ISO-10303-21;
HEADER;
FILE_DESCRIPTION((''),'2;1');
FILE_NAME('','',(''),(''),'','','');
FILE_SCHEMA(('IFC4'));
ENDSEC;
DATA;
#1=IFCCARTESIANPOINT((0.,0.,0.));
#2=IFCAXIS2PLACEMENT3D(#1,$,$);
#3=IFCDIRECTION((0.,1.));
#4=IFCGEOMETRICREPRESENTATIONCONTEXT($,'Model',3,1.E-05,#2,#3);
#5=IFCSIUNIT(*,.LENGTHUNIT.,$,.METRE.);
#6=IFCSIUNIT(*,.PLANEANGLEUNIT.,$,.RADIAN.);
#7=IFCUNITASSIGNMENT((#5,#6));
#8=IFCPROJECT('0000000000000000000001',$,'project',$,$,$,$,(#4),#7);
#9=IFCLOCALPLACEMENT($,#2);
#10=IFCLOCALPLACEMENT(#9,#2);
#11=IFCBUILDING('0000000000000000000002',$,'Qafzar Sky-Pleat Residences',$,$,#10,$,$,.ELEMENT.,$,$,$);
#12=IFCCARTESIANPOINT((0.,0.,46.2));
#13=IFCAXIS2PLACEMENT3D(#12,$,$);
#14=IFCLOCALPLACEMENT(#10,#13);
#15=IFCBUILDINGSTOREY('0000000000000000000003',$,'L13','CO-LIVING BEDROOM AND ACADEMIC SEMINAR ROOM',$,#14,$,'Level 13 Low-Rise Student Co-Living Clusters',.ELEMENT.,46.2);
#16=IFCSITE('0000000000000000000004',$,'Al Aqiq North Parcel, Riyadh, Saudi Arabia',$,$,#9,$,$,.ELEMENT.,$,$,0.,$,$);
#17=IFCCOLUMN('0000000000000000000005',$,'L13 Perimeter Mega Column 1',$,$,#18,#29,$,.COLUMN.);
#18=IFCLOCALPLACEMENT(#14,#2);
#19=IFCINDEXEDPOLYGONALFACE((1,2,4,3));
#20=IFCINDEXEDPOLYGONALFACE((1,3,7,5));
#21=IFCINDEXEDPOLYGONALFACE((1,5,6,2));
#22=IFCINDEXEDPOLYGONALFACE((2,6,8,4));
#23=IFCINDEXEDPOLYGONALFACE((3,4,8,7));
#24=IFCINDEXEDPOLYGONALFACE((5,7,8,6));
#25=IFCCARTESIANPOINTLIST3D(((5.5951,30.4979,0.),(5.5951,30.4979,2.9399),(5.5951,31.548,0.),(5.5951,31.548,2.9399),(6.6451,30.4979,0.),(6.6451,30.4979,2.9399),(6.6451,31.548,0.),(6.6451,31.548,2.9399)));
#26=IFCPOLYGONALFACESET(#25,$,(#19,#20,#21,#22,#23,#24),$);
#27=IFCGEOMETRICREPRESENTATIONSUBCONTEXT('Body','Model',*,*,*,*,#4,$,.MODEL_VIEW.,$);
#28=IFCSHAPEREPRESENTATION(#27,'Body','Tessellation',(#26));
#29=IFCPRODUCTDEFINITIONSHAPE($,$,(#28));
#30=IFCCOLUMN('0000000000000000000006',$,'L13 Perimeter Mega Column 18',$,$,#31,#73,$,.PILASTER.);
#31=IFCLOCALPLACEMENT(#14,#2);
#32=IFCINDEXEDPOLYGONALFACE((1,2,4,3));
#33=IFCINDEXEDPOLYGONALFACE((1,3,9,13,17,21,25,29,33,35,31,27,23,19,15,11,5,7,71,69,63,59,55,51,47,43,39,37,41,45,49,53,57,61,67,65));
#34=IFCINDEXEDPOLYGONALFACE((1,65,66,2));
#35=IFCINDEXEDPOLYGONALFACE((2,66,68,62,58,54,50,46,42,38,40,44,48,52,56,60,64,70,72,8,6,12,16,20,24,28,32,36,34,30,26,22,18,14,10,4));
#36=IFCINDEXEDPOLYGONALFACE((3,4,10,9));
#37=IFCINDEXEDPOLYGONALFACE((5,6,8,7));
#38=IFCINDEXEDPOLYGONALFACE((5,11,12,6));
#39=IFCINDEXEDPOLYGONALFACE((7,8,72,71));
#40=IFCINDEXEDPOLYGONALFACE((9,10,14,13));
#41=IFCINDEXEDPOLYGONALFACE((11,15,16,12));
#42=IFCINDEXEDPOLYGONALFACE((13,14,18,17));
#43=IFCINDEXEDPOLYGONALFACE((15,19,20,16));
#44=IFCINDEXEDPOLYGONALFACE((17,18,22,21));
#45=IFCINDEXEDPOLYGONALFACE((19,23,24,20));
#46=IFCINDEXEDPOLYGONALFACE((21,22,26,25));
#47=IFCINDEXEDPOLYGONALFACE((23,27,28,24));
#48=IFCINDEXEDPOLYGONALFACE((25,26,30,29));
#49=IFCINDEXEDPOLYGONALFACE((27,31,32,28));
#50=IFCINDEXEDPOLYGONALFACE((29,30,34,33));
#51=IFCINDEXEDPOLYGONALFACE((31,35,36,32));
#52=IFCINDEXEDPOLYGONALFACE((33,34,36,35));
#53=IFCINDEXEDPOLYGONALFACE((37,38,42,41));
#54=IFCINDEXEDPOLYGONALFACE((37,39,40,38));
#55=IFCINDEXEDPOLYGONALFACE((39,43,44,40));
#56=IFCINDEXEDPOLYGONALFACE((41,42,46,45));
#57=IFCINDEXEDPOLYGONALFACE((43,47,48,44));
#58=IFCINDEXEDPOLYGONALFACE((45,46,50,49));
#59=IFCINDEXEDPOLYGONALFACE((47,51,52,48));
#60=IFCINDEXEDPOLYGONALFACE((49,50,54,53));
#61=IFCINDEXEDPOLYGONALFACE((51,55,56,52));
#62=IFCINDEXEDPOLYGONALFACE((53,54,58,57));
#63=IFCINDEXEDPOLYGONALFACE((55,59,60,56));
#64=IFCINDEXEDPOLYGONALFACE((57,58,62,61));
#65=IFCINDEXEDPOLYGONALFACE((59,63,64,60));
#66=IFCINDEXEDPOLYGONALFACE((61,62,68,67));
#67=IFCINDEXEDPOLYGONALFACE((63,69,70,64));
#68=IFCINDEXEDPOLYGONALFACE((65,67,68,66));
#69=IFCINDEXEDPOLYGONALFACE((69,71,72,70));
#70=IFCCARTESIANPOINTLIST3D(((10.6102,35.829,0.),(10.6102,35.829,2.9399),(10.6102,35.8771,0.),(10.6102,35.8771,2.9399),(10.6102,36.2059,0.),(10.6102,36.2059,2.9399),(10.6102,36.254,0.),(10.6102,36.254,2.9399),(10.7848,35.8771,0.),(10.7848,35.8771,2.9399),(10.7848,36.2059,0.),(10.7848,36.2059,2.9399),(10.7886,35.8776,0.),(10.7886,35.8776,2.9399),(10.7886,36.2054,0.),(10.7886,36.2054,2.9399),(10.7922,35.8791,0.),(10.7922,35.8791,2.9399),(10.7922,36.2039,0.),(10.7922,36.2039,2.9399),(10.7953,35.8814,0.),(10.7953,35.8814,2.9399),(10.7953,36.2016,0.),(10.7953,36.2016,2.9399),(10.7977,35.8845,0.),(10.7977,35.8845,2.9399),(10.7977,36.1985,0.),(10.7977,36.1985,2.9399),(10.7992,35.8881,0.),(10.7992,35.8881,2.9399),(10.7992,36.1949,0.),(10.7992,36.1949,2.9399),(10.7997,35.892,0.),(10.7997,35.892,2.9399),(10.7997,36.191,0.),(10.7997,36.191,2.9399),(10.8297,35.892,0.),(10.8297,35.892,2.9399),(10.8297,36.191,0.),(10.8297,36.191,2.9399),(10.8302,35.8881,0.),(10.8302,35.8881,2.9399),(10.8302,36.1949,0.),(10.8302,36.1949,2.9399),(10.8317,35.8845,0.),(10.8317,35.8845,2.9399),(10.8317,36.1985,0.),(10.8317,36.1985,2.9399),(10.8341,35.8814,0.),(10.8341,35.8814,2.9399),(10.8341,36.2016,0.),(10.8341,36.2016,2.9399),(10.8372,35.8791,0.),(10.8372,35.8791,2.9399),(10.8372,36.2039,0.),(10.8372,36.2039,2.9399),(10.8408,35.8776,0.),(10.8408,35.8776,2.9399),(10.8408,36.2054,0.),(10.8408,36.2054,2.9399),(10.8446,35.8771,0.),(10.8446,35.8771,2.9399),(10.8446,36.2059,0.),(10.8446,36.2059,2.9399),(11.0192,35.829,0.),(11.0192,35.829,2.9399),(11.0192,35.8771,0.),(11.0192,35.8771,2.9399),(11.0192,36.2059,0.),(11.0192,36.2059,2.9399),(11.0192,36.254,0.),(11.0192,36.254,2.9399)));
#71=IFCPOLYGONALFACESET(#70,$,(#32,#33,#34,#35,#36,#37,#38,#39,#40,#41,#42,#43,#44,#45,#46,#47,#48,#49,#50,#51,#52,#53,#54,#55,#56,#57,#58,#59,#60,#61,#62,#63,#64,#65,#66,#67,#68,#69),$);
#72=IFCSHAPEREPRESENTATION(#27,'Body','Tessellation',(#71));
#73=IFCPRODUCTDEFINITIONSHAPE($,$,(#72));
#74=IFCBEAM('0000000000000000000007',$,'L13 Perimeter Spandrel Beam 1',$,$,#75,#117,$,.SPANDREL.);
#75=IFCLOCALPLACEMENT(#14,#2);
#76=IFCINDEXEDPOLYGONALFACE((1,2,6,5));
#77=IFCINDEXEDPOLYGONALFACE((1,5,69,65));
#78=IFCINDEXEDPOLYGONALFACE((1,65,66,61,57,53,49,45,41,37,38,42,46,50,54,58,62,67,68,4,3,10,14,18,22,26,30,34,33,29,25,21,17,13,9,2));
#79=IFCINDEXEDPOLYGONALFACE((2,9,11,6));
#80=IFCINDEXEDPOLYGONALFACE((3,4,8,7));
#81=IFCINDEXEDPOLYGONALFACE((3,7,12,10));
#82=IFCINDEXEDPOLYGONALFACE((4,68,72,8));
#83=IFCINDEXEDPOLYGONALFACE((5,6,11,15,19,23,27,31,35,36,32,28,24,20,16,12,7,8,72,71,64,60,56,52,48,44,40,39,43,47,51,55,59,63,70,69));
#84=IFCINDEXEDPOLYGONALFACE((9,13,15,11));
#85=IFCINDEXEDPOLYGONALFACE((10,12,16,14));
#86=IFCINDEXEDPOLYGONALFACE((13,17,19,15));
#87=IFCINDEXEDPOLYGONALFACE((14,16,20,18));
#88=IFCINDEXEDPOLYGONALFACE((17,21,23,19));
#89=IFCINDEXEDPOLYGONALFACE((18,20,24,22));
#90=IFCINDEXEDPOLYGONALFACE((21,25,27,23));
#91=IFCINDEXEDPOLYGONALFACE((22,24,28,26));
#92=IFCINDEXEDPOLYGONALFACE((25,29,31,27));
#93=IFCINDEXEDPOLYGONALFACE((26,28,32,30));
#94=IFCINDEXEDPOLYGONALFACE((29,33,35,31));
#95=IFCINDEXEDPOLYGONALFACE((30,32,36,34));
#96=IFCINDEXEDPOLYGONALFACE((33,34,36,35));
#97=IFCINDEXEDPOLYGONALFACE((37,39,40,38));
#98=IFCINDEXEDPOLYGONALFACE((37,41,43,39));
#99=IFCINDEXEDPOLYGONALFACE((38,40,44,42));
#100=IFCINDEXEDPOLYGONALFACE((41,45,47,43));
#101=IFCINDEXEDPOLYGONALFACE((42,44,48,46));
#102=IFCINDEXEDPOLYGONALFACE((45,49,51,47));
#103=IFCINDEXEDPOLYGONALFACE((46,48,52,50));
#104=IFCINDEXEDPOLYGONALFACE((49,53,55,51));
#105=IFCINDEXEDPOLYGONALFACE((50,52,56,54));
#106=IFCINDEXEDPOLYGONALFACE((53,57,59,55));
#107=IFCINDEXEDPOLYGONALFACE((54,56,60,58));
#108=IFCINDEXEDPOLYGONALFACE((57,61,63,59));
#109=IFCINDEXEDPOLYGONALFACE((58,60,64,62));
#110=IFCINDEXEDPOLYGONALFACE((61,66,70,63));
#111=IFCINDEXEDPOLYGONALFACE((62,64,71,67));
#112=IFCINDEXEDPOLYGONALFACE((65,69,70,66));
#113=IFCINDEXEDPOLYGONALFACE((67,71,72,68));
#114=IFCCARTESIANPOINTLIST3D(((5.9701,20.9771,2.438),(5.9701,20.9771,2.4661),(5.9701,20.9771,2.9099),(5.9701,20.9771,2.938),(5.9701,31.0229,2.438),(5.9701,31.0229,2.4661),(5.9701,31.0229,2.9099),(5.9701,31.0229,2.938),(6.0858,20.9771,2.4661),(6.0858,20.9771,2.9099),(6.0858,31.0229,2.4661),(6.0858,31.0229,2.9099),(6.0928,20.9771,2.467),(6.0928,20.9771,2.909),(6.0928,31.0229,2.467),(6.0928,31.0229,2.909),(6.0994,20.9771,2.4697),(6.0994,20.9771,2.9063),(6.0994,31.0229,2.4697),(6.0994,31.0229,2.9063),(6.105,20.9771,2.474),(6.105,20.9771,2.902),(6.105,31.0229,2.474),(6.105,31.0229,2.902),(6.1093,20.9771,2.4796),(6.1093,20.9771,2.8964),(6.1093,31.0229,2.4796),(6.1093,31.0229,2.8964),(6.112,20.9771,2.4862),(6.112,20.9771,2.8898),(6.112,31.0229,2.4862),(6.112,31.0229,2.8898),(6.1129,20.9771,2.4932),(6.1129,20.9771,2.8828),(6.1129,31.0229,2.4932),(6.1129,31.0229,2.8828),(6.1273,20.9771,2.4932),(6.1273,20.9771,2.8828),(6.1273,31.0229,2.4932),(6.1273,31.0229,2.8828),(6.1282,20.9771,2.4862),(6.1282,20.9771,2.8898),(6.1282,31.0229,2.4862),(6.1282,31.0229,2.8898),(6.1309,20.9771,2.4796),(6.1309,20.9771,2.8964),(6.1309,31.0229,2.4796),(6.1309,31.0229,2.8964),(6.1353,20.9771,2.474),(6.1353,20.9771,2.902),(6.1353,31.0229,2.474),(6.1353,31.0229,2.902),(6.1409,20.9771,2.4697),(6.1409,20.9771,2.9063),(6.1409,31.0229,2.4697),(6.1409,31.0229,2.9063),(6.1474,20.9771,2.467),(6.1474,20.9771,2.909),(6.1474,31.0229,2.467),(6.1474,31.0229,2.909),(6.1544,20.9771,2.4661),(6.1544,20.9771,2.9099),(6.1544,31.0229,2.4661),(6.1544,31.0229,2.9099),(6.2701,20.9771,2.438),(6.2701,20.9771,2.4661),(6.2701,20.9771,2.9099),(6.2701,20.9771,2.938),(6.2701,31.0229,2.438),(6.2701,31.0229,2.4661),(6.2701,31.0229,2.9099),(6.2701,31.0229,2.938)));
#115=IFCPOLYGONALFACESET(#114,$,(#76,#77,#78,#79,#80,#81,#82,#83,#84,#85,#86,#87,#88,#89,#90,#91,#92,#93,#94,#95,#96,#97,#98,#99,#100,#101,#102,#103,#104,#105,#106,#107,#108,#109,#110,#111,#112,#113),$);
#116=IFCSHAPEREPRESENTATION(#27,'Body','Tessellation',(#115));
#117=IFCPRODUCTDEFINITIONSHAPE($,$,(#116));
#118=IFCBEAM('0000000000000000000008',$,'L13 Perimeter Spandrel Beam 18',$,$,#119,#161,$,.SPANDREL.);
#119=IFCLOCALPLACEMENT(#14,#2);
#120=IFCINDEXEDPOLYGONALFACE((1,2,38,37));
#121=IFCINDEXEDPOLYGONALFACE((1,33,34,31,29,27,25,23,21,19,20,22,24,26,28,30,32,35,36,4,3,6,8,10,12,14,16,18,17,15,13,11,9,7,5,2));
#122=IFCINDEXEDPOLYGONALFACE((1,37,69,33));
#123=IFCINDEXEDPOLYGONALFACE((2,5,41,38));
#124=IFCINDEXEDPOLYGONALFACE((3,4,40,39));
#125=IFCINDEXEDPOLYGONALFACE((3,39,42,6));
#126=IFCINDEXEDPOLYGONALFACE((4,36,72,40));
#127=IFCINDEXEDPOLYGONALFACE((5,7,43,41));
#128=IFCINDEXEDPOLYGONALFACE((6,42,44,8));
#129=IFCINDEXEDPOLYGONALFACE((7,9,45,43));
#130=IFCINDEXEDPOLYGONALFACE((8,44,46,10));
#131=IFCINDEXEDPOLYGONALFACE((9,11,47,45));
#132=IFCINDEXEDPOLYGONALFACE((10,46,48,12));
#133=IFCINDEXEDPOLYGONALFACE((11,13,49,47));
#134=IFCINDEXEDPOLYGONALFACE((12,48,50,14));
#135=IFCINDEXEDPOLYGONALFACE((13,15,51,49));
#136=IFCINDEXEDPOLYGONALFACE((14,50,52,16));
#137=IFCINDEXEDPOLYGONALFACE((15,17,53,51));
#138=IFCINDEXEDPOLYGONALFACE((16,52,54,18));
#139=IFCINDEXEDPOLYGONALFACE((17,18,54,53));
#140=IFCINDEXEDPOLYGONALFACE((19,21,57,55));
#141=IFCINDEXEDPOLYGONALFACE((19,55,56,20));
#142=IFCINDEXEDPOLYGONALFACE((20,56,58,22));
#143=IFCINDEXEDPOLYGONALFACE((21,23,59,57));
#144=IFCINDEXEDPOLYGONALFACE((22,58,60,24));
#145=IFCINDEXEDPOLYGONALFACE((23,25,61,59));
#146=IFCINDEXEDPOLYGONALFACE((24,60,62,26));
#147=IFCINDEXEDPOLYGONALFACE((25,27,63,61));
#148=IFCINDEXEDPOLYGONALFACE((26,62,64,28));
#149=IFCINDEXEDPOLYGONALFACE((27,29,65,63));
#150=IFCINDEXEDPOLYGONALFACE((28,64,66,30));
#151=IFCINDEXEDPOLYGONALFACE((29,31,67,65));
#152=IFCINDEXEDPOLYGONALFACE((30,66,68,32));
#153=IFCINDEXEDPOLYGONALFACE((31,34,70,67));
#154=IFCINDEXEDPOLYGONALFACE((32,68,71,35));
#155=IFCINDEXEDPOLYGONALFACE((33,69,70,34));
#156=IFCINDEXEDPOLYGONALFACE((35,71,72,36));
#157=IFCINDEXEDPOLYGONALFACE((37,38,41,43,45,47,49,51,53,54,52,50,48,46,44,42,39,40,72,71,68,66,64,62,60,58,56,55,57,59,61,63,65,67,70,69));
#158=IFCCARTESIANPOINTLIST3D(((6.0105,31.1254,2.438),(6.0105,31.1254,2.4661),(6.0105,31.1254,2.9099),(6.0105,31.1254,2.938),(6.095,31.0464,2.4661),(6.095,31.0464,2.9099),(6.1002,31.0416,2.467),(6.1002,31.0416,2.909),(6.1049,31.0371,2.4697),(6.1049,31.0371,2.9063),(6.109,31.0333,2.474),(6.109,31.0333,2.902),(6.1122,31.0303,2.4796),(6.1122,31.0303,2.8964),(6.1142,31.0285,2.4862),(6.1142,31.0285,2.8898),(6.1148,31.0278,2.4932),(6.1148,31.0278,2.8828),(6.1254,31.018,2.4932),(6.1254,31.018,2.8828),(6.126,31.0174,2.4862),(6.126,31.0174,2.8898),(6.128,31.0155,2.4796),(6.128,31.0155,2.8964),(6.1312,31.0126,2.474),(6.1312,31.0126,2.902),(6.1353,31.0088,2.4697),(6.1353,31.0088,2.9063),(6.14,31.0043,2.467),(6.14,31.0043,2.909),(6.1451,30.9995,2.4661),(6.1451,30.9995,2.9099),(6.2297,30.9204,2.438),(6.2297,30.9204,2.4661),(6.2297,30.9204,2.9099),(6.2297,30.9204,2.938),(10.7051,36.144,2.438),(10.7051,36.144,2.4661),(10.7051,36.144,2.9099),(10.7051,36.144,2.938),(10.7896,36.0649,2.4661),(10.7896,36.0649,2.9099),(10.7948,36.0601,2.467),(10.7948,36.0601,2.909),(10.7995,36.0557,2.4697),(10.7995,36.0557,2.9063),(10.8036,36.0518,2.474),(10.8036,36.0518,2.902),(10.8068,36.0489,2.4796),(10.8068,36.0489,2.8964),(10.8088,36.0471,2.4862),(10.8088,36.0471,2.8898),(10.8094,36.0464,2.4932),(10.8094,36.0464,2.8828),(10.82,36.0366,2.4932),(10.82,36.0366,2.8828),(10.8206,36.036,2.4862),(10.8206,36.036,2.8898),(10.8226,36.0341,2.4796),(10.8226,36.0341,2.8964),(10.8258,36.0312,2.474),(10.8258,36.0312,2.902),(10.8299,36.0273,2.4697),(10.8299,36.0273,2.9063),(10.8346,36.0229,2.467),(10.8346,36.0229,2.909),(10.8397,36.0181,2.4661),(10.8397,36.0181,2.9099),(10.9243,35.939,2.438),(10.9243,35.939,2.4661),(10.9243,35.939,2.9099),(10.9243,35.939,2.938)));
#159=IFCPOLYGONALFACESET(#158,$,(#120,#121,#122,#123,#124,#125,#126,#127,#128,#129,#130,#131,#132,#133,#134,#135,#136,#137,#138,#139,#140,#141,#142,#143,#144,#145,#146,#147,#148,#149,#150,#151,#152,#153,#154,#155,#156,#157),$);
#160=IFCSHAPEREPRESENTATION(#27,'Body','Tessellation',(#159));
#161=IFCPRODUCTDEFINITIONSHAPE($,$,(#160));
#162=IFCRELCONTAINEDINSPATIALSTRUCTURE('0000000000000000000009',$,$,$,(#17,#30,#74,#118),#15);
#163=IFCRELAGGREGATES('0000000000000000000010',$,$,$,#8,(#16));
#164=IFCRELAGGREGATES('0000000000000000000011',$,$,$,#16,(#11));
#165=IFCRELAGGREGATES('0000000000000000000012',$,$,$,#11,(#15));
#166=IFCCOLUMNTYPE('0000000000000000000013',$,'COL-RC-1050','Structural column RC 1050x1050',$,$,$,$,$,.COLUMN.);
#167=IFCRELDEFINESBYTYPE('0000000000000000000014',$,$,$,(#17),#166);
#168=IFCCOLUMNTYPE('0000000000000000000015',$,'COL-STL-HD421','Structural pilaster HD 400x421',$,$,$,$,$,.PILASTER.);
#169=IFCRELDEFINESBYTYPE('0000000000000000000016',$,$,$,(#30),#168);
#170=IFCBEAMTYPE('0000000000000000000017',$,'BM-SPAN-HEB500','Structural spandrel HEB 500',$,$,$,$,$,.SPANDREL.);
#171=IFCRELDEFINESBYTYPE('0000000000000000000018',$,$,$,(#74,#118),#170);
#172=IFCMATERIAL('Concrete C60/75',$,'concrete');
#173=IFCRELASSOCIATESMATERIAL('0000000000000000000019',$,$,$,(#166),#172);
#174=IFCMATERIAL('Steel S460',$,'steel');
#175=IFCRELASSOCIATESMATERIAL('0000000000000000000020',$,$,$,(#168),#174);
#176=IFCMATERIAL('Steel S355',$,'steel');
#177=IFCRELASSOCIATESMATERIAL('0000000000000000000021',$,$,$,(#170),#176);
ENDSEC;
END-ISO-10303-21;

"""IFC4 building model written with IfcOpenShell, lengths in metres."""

from ifc_helpers import new_model, si_unit, direction, frame, origin, origin_2d, place, context, subcontext, project, spatial, rectangle, i_section, extrude, source, transform, mapped, material, material_profile, profile_set, type_object, element, save


model = new_model("IFC4")

# Units and contexts
model_context = context("Model", 3, precision=1e-05, world=origin(), true_north=direction((0.0, 1.0)))
body_context = subcontext(model_context, "Body", "Model", "MODEL_VIEW")
ifc_project = project(units=[si_unit("LENGTHUNIT", "METRE"), si_unit("PLANEANGLEUNIT", "RADIAN")], contexts=[model_context])

# Site, building, storey
site_placement = place(None, origin())
site = spatial("IfcSite", under=ifc_project, at=site_placement, Name="Al Aqiq North Parcel, Riyadh, Saudi Arabia", CompositionType="ELEMENT", RefElevation=0.0)
building_placement = place(site_placement, origin())
building = spatial("IfcBuilding", under=site, at=building_placement, Name="Qafzar Sky-Pleat Residences", CompositionType="ELEMENT")
storey_placement = place(building_placement, frame((0.0, 0.0, 46.2)))
storey = spatial("IfcBuildingStorey", under=building, at=storey_placement, Name="L13", Description="CO-LIVING BEDROOM AND ACADEMIC SEMINAR ROOM", LongName="Level 13 Low-Rise Student Co-Living Clusters", CompositionType="ELEMENT", Elevation=46.2)

# Columns
ifc_material_1 = material(Name="Concrete C60/75", Category="concrete")
ifc_material_profile_1 = material_profile(ifc_material_1, rectangle(XDim=1.05, YDim=1.05, at=origin_2d()), Name="RC 1050x1050")
ifc_profile_set_1 = profile_set([ifc_material_profile_1], Name="Concrete C60/75")
column_type_1 = type_object("IfcColumnType", Name="COL-RC-1050", Description="Structural column RC 1050x1050", PredefinedType="COLUMN", material=ifc_profile_set_1)
shared_shape_1 = source(origin(), body_context, "Body", "SweptSolid", [
    extrude(rectangle(XDim=1.05, YDim=1.05, at=origin_2d()), origin(), (0.0, 0.0, 1.0), 2.9399),
])
column_1_placement = place(storey_placement, frame((6.1201, 31.0229, 0.0), z_axis=(0.0, 0.0, 1.0), x_axis=(1.0, 0.0, 0.0)))
element("IfcColumn", 1, at=column_1_placement, inside=storey, type_object=column_type_1, Name="L13 Perimeter Mega Column 1", PredefinedType="COLUMN", context=body_context, shape_type="MappedRepresentation", body=[
    mapped(shared_shape_1, transform((0.0, 0.0, 0.0), x_axis=(1.0, 0.0, 0.0), y_axis=(0.0, 1.0, 0.0), z_axis=(0.0, 0.0, 1.0), scale=1.0)),
])
ifc_material_2 = material(Name="Steel S460", Category="steel")
ifc_material_profile_2 = material_profile(ifc_material_2, i_section(OverallWidth=0.4089, OverallDepth=0.425, WebThickness=0.03, FlangeThickness=0.0481, FilletRadius=0.0149, at=origin_2d()), Name="HD 400x421")
ifc_profile_set_2 = profile_set([ifc_material_profile_2], Name="Steel S460")
column_type_2 = type_object("IfcColumnType", Name="COL-STL-HD421", Description="Structural pilaster HD 400x421", PredefinedType="PILASTER", material=ifc_profile_set_2)
shared_shape_2 = source(origin(), body_context, "Body", "SweptSolid", [
    extrude(i_section(OverallWidth=0.4089, OverallDepth=0.425, WebThickness=0.03, FlangeThickness=0.0481, FilletRadius=0.0149, at=origin_2d()), origin(), (0.0, 0.0, 1.0), 2.9399),
])
column_2_placement = place(storey_placement, frame((10.8147, 36.0415, 0.0), z_axis=(0.0, 0.0, 1.0), x_axis=(1.0, 0.0, 0.0)))
element("IfcColumn", 2, at=column_2_placement, inside=storey, type_object=column_type_2, Name="L13 Perimeter Mega Column 18", PredefinedType="PILASTER", context=body_context, shape_type="MappedRepresentation", body=[
    mapped(shared_shape_2, transform((0.0, 0.0, 0.0), x_axis=(1.0, 0.0, 0.0), y_axis=(0.0, 1.0, 0.0), z_axis=(0.0, 0.0, 1.0), scale=1.0)),
])

# Beams
ifc_material_3 = material(Name="Steel S355", Category="steel")
ifc_material_profile_3 = material_profile(ifc_material_3, i_section(OverallWidth=0.3, OverallDepth=0.5, WebThickness=0.0144, FlangeThickness=0.0281, FilletRadius=0.0271, at=origin_2d()), Name="HEB 500")
ifc_profile_set_3 = profile_set([ifc_material_profile_3], Name="Steel S355")
beam_type_1 = type_object("IfcBeamType", Name="BM-SPAN-HEB500", Description="Structural spandrel HEB 500", PredefinedType="SPANDREL", material=ifc_profile_set_3)
shared_shape_3 = source(origin(), body_context, "Body", "SweptSolid", [
    extrude(i_section(OverallWidth=0.3, OverallDepth=0.5, WebThickness=0.0144, FlangeThickness=0.0281, FilletRadius=0.0271, at=origin_2d()), origin(), (0.0, 0.0, 1.0), 10.0459),
])
beam_1_placement = place(storey_placement, frame((6.1201, 31.0229, 2.688), z_axis=(0.0, -1.0, 0.0), x_axis=(1.0, 0.0, 0.0)))
element("IfcBeam", 3, at=beam_1_placement, inside=storey, type_object=beam_type_1, Name="L13 Perimeter Spandrel Beam 1", PredefinedType="SPANDREL", context=body_context, shape_type="MappedRepresentation", body=[
    mapped(shared_shape_3, transform((0.0, 0.0, 0.0), x_axis=(1.0, 0.0, 0.0), y_axis=(0.0, 1.0, 0.0), z_axis=(0.0, 0.0, 1.0), scale=1.0)),
])
shared_shape_4 = source(origin(), body_context, "Body", "SweptSolid", [
    extrude(i_section(OverallWidth=0.3, OverallDepth=0.5, WebThickness=0.0144, FlangeThickness=0.0281, FilletRadius=0.0271, at=origin_2d()), origin(), (0.0, 0.0, 1.0), 6.8721),
])
beam_2_placement = place(storey_placement, frame((10.8147, 36.0415, 2.688), z_axis=(-0.683142, -0.730286, 0.0), x_axis=(0.730286, -0.683142, 0.0)))
element("IfcBeam", 4, at=beam_2_placement, inside=storey, type_object=beam_type_1, Name="L13 Perimeter Spandrel Beam 18", PredefinedType="SPANDREL", context=body_context, shape_type="MappedRepresentation", body=[
    mapped(shared_shape_4, transform((0.0, 0.0, 0.0), x_axis=(1.0, 0.0, 0.0), y_axis=(0.0, 1.0, 0.0), z_axis=(0.0, 0.0, 1.0), scale=1.0)),
])

save(model, "model.ifc")
